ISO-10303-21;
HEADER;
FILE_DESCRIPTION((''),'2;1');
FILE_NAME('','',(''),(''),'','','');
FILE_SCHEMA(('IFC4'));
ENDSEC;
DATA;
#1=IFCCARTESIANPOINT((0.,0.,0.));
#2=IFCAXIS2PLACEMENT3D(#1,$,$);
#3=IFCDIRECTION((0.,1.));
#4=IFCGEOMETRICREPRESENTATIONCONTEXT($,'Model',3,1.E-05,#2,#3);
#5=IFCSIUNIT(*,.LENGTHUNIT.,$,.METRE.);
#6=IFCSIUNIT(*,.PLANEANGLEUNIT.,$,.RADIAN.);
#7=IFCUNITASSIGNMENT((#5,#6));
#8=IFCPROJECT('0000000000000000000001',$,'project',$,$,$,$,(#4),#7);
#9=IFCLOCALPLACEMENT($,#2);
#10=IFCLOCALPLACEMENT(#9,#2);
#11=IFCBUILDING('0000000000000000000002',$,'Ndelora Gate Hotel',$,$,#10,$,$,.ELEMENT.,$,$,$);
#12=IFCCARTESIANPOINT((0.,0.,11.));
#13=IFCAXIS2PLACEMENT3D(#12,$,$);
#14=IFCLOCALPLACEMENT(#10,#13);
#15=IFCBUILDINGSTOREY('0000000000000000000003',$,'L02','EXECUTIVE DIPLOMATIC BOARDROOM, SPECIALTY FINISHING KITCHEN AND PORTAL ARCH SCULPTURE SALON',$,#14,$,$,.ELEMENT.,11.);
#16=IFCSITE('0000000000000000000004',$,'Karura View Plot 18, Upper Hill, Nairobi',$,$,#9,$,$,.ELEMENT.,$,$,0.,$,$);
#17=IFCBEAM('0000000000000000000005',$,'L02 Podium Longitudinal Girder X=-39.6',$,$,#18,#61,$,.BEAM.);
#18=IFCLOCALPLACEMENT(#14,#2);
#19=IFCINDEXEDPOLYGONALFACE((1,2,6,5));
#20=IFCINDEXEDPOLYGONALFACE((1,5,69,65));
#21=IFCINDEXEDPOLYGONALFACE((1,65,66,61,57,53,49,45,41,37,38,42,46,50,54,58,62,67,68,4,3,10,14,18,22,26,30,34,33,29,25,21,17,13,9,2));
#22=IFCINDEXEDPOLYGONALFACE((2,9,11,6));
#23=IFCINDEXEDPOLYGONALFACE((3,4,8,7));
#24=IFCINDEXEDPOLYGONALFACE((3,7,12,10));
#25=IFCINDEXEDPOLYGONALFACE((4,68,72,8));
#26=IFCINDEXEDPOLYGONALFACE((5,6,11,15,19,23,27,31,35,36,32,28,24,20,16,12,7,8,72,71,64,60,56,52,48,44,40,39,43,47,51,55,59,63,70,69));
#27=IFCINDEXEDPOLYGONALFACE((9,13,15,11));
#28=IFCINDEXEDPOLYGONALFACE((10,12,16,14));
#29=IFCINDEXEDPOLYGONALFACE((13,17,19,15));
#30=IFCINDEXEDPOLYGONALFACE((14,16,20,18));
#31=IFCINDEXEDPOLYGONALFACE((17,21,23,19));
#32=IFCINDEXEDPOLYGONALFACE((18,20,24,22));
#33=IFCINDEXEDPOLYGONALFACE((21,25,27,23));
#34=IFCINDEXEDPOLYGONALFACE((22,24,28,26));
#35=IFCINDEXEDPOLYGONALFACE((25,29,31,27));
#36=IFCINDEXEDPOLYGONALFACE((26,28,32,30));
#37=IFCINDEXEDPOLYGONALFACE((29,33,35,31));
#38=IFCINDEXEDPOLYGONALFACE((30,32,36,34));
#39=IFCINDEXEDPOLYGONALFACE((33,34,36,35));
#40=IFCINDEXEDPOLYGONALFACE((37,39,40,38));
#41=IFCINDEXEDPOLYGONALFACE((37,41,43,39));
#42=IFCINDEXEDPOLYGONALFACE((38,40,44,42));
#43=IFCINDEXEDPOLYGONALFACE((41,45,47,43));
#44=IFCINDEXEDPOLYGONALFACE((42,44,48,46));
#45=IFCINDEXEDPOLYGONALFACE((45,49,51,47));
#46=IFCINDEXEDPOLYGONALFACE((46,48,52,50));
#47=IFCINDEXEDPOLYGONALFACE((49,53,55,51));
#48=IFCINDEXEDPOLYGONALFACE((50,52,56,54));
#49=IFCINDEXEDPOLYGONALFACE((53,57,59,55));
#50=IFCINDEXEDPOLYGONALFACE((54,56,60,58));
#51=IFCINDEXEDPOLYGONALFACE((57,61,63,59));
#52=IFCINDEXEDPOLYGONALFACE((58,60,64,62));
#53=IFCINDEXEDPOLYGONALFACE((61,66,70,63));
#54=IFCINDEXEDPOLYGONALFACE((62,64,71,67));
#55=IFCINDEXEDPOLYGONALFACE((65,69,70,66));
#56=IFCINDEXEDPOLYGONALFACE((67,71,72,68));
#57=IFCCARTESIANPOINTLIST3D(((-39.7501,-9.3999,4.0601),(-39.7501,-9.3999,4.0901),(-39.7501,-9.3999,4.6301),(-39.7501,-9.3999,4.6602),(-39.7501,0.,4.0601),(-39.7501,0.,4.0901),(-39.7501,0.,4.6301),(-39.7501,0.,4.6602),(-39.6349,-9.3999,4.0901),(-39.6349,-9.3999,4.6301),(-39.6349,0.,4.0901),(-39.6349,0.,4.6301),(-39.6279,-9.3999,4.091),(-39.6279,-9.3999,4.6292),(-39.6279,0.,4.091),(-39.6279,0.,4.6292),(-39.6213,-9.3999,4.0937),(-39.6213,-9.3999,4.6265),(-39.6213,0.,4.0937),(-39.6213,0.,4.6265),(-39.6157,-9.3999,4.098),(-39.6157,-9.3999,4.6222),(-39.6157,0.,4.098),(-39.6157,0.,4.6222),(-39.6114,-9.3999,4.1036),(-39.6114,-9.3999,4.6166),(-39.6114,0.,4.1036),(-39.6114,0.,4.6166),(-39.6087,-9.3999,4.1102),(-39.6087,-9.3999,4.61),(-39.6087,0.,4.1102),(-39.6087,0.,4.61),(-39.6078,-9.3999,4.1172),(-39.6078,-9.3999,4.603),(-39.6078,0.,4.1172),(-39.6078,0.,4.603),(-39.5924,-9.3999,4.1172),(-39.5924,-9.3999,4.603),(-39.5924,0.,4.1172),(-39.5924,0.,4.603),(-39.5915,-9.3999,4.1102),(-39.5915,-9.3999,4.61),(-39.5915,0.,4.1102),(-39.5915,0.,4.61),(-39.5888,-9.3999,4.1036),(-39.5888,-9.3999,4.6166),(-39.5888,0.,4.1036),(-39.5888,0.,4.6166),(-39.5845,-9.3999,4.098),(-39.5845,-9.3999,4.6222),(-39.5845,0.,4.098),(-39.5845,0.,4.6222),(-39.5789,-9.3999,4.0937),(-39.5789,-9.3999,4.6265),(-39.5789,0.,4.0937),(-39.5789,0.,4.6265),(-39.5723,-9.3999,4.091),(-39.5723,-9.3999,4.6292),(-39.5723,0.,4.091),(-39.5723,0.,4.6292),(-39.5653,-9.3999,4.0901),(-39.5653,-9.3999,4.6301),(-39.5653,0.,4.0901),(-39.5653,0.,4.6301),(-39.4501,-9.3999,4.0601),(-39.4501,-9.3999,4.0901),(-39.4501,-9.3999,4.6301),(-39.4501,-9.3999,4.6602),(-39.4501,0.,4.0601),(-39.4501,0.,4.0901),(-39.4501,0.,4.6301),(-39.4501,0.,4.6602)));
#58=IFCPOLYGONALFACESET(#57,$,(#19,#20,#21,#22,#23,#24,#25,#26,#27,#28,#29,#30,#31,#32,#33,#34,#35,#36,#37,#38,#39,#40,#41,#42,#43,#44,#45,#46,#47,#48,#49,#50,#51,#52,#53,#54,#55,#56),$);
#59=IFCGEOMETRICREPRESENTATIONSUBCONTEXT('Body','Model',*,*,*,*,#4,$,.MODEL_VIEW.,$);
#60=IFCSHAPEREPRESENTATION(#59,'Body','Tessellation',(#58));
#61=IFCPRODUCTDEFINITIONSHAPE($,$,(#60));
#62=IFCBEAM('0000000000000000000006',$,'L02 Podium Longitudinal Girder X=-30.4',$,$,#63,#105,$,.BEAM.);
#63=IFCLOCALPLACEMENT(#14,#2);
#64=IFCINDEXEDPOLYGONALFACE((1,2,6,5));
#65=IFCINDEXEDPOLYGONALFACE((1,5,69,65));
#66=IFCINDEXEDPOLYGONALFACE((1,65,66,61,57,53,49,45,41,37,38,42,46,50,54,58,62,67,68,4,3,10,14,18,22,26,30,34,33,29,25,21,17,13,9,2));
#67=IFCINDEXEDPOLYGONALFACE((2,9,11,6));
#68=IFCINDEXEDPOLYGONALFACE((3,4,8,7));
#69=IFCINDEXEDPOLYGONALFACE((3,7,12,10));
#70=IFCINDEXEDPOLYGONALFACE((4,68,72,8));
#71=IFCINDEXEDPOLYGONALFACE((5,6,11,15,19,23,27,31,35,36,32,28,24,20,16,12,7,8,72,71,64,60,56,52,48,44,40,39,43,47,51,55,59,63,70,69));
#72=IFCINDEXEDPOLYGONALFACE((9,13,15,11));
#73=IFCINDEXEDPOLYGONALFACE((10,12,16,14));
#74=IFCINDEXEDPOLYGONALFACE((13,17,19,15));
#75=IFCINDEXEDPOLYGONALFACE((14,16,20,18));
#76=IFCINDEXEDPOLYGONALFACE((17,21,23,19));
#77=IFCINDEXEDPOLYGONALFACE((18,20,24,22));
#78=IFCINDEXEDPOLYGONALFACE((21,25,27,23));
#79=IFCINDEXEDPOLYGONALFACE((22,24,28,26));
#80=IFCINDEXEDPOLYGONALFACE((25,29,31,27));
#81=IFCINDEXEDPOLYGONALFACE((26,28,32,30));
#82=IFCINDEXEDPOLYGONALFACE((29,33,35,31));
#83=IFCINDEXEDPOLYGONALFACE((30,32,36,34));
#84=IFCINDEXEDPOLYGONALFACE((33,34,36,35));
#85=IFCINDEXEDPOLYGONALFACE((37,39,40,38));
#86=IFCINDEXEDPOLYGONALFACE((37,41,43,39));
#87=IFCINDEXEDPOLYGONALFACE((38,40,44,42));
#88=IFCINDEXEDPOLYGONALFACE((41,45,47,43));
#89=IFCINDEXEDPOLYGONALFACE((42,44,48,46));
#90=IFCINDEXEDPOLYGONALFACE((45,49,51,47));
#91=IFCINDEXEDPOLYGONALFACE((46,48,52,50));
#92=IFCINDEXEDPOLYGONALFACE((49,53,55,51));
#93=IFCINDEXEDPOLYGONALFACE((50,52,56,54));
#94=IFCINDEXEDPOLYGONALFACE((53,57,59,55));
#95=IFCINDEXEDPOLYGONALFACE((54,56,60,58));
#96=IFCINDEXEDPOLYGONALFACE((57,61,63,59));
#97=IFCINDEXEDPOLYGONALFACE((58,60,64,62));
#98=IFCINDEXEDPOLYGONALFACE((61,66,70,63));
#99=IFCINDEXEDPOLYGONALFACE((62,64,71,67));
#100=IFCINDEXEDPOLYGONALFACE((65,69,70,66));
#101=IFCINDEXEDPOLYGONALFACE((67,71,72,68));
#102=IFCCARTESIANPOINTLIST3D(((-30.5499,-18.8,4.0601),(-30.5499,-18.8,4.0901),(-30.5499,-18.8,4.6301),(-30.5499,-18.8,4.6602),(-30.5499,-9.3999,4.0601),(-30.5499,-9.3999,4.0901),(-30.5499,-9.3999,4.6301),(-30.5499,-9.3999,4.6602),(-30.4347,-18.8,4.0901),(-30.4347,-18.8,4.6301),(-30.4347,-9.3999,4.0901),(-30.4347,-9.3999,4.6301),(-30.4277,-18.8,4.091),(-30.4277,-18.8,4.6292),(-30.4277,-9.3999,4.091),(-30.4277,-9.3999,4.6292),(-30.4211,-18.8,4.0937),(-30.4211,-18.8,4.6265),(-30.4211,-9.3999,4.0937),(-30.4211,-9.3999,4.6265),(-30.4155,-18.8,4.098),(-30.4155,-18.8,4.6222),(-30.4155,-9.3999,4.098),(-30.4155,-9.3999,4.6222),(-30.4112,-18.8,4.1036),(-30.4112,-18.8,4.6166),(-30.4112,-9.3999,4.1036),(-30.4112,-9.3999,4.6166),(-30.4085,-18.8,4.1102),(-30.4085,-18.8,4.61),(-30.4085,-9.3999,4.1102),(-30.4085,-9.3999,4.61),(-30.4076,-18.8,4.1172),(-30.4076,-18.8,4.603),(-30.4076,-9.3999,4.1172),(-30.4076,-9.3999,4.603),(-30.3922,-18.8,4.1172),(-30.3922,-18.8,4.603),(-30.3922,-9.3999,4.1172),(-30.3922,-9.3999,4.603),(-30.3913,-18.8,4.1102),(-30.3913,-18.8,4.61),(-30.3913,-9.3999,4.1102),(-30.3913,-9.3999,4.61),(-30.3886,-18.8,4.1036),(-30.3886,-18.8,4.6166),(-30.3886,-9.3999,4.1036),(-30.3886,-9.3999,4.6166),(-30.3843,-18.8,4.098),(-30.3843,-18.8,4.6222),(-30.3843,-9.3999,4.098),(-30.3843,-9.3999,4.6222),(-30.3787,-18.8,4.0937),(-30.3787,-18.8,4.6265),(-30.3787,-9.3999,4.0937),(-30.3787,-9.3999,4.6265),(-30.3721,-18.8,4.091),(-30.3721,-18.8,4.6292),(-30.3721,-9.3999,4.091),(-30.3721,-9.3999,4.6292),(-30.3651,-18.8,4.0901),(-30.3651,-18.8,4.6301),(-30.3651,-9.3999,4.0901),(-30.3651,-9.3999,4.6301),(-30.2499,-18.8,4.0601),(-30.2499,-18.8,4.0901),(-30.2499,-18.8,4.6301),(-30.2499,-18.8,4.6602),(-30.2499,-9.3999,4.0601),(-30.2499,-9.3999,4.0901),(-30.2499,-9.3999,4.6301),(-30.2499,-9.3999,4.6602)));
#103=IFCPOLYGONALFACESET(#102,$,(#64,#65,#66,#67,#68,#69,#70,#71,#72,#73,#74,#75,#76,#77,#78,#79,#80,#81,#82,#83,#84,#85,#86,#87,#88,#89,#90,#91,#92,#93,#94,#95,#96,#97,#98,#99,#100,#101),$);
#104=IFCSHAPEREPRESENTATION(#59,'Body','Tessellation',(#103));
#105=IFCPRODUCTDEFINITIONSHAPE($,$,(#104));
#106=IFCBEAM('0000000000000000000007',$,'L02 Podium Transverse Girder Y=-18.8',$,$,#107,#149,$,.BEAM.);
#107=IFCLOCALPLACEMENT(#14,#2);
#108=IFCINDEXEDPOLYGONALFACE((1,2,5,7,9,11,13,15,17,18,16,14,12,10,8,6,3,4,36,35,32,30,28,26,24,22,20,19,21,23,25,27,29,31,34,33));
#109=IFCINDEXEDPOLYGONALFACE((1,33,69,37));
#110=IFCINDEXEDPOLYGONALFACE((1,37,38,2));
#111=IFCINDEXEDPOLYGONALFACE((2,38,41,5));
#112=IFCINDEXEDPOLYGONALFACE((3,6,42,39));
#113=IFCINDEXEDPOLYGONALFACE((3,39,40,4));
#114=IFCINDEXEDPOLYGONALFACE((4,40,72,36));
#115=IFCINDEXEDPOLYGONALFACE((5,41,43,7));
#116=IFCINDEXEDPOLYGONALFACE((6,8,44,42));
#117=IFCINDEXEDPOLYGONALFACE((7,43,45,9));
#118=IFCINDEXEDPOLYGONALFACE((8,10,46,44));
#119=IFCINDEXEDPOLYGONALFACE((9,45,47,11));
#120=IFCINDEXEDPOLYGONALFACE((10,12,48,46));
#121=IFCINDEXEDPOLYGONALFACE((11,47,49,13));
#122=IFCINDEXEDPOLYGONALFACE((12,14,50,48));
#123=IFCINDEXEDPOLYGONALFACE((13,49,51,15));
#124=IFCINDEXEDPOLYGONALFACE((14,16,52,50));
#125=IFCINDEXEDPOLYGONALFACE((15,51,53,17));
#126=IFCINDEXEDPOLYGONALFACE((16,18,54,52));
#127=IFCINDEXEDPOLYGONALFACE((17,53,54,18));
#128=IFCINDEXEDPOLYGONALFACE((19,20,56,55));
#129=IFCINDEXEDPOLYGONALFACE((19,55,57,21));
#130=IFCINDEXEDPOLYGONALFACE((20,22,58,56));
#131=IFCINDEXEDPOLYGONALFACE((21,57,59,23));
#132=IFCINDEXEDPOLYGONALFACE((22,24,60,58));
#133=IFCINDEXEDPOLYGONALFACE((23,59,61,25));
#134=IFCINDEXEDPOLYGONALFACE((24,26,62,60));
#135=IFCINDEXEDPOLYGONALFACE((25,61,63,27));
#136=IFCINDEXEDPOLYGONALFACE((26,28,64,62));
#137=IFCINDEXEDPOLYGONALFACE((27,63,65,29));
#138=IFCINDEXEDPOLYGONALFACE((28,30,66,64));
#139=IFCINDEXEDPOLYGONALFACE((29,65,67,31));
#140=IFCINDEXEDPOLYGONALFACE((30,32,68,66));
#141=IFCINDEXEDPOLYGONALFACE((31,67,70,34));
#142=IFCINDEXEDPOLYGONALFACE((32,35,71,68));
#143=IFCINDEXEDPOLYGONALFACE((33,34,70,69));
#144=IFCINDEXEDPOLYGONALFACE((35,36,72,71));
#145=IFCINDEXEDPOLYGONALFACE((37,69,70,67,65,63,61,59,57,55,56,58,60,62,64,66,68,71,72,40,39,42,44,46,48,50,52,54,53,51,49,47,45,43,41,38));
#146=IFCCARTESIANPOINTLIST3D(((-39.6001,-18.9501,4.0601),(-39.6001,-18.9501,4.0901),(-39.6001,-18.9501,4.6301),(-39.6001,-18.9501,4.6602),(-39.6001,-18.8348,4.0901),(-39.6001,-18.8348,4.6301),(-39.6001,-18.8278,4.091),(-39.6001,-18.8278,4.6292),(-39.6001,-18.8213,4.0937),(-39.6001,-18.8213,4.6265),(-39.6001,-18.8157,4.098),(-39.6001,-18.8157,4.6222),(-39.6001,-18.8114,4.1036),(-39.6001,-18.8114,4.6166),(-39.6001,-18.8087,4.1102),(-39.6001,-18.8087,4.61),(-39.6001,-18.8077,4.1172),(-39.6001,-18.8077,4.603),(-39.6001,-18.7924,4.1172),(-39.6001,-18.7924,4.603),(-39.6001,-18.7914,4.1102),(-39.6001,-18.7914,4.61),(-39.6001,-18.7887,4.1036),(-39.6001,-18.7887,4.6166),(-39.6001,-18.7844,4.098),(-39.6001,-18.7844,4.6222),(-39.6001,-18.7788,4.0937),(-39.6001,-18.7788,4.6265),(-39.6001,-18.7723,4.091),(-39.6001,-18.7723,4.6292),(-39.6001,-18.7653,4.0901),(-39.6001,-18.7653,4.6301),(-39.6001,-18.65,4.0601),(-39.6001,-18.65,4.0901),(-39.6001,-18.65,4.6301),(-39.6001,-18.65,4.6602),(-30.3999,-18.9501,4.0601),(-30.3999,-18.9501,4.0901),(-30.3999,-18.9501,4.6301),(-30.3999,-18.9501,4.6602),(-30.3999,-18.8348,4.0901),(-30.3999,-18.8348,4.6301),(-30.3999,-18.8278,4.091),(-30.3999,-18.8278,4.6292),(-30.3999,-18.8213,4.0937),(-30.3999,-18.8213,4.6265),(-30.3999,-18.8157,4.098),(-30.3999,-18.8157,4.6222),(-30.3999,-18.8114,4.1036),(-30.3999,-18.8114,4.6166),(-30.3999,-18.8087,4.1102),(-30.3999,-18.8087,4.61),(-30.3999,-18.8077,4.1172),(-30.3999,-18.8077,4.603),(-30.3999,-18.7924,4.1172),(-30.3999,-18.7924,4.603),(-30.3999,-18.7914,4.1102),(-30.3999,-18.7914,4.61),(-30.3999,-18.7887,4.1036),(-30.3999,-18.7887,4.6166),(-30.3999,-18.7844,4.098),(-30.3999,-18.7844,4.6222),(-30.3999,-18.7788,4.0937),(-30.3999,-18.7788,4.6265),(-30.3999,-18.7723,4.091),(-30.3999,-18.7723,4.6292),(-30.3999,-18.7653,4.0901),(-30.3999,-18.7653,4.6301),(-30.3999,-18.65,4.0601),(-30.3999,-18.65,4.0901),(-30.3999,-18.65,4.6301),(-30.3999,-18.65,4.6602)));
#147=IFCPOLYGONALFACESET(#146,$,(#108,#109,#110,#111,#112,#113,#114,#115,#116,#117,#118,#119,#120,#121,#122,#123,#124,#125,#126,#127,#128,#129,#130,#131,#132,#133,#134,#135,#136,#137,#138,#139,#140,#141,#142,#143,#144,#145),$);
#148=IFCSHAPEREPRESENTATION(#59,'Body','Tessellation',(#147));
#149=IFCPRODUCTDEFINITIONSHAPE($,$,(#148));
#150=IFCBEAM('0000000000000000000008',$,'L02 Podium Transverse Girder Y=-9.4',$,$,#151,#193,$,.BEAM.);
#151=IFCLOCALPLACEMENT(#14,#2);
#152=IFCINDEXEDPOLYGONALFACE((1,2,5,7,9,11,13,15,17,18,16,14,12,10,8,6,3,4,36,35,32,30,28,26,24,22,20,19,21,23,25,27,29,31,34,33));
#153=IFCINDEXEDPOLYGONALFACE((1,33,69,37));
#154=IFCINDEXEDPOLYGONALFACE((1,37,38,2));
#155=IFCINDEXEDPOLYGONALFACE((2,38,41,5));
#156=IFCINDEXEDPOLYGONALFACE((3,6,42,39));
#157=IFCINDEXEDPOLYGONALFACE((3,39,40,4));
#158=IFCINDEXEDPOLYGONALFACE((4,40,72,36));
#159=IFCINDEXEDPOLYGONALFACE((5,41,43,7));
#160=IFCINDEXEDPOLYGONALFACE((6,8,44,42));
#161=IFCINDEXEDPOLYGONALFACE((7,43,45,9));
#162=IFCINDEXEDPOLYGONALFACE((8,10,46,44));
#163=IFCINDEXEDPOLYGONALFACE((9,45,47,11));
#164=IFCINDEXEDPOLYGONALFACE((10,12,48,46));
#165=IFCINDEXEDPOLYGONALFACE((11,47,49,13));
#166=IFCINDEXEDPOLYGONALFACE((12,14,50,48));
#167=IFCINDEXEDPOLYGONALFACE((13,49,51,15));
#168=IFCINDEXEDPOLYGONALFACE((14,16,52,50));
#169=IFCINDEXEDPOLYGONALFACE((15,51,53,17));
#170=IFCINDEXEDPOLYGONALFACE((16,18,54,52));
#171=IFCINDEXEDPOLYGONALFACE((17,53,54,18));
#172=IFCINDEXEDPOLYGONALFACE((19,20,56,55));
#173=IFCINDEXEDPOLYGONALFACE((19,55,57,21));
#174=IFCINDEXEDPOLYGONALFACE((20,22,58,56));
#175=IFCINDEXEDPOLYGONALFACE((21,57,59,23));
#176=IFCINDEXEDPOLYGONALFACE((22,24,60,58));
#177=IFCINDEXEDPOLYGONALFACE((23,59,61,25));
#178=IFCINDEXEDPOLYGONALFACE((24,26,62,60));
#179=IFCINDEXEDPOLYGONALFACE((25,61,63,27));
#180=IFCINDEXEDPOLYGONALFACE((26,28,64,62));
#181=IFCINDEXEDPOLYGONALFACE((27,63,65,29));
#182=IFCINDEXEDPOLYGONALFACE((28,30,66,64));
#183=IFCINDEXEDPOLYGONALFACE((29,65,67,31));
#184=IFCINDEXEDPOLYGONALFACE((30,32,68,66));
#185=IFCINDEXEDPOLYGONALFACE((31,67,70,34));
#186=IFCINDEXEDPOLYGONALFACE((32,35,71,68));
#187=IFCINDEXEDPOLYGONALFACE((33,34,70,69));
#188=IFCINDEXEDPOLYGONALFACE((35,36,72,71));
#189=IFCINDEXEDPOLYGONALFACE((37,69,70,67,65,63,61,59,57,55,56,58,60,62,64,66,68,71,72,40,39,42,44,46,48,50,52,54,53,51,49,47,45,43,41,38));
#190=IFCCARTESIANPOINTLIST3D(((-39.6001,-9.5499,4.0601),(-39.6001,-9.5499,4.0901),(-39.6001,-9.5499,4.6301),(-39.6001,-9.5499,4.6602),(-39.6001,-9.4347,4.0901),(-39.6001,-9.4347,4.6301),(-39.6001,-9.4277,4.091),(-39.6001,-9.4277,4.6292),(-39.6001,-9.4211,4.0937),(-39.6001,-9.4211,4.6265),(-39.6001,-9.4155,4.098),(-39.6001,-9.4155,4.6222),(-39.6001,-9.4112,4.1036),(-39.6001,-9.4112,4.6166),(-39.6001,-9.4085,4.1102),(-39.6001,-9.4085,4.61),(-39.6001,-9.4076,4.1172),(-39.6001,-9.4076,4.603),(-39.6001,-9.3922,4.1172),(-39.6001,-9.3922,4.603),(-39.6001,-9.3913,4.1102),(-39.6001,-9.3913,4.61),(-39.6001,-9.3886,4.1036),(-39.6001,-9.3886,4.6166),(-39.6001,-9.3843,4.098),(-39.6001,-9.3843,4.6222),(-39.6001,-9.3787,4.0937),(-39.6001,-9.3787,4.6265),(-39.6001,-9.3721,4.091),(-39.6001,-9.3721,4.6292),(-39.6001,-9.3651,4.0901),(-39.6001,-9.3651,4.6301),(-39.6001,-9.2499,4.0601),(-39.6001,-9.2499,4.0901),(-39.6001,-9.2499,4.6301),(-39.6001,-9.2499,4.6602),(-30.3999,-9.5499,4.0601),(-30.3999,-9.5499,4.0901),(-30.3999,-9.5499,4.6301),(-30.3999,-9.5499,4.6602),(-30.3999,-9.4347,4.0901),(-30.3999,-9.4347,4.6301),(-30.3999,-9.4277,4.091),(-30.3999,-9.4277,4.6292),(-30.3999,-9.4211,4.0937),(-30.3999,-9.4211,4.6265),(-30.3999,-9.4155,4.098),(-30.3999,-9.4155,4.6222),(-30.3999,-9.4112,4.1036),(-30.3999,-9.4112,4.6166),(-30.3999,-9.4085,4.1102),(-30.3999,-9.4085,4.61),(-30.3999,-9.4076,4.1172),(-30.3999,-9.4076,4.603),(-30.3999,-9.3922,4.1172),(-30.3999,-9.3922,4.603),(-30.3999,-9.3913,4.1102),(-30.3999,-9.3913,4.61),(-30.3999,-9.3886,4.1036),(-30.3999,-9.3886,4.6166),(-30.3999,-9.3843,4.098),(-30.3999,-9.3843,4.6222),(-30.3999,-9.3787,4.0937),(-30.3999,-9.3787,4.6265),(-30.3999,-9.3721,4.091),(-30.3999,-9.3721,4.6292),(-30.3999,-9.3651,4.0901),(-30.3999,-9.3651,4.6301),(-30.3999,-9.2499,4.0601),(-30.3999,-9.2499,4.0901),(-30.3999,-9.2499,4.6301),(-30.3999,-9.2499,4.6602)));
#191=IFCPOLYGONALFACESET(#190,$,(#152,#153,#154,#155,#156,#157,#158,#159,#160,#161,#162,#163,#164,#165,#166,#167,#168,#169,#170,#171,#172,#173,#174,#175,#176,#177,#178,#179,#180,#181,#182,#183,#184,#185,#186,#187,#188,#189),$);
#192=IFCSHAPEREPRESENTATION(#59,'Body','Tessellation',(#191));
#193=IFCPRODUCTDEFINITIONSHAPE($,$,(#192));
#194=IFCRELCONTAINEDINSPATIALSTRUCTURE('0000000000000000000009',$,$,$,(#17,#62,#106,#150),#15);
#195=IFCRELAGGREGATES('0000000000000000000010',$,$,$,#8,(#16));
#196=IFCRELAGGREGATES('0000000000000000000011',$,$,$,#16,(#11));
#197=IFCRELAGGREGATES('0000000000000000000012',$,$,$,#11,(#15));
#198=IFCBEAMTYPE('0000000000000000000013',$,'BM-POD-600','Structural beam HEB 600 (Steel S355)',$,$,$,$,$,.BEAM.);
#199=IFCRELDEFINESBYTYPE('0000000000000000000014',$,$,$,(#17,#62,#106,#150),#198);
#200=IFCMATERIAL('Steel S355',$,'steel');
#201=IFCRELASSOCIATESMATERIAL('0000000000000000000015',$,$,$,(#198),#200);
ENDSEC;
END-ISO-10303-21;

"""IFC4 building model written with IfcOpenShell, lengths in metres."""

from ifc_helpers import new_model, si_unit, direction, frame, origin, origin_2d, place, context, subcontext, project, spatial, i_section, extrude, material, material_profile, profile_set, type_object, element, save


model = new_model("IFC4")

# Units and contexts
model_context = context("Model", 3, precision=1e-05, world=origin(), true_north=direction((0.0, 1.0)))
body_context = subcontext(model_context, "Body", "Model", "MODEL_VIEW")
ifc_project = project(units=[si_unit("LENGTHUNIT", "METRE"), si_unit("PLANEANGLEUNIT", "RADIAN")], contexts=[model_context])

# Site, building, storey
site_placement = place(None, origin())
site = spatial("IfcSite", under=ifc_project, at=site_placement, Name="Karura View Plot 18, Upper Hill, Nairobi", CompositionType="ELEMENT", RefElevation=0.0)
building_placement = place(site_placement, origin())
building = spatial("IfcBuilding", under=site, at=building_placement, Name="Ndelora Gate Hotel", CompositionType="ELEMENT")
storey_placement = place(building_placement, frame((0.0, 0.0, 11.0)))
storey = spatial("IfcBuildingStorey", under=building, at=storey_placement, Name="L02", Description="EXECUTIVE DIPLOMATIC BOARDROOM, SPECIALTY FINISHING KITCHEN AND PORTAL ARCH SCULPTURE SALON", CompositionType="ELEMENT", Elevation=11.0)

# Beams
ifc_material_1 = material(Name="Steel S355", Category="steel")
ifc_material_profile_1 = material_profile(ifc_material_1, i_section(OverallWidth=0.3, OverallDepth=0.6001, WebThickness=0.0154, FlangeThickness=0.03, FilletRadius=0.0271, at=origin_2d()), Name="HEB 600")
ifc_profile_set_1 = profile_set([ifc_material_profile_1], Name="Steel S355")
beam_type_1 = type_object("IfcBeamType", Name="BM-POD-600", Description="Structural beam HEB 600 (Steel S355)", PredefinedType="BEAM", material=ifc_profile_set_1)
beam_1_placement = place(storey_placement, frame((-39.6001, -9.3999, 4.3601), z_axis=(0.0, 1.0, 0.0), x_axis=(-1.0, 0.0, 0.0)))
element("IfcBeam", 1, at=beam_1_placement, inside=storey, type_object=beam_type_1, Name="L02 Podium Longitudinal Girder X=-39.6", PredefinedType="BEAM", context=body_context, shape_type="SweptSolid", body=[
    extrude(i_section(OverallWidth=0.3, OverallDepth=0.6001, WebThickness=0.0154, FlangeThickness=0.03, FilletRadius=0.0271, at=origin_2d()), origin(), (0.0, 0.0, 1.0), 9.3999),
])
beam_2_placement = place(storey_placement, frame((-30.3999, -18.8, 4.3601), z_axis=(0.0, 1.0, 0.0), x_axis=(-1.0, 0.0, 0.0)))
element("IfcBeam", 2, at=beam_2_placement, inside=storey, type_object=beam_type_1, Name="L02 Podium Longitudinal Girder X=-30.4", PredefinedType="BEAM", context=body_context, shape_type="SweptSolid", body=[
    extrude(i_section(OverallWidth=0.3, OverallDepth=0.6001, WebThickness=0.0154, FlangeThickness=0.03, FilletRadius=0.0271, at=origin_2d()), origin(), (0.0, 0.0, 1.0), 9.4001),
])
for number, where, z_axis, x_axis, name in (
    (3, (-39.6001, -18.8, 4.3601), (1.0, 0.0, 0.0), (0.0, 1.0, 0.0), "L02 Podium Transverse Girder Y=-18.8"),
    (4, (-39.6001, -9.3999, 4.3601), (1.0, 0.0, 0.0), (0.0, 1.0, 0.0), "L02 Podium Transverse Girder Y=-9.4"),
):
    element("IfcBeam", number, at=place(storey_placement, frame(where, z_axis=z_axis, x_axis=x_axis)), inside=storey, type_object=beam_type_1, Name=name, PredefinedType="BEAM", context=body_context, shape_type="SweptSolid", body=[
        extrude(i_section(OverallWidth=0.3, OverallDepth=0.6001, WebThickness=0.0154, FlangeThickness=0.03, FilletRadius=0.0271, at=origin_2d()), origin(), (0.0, 0.0, 1.0), 9.2002),
    ])

save(model, "model.ifc")
